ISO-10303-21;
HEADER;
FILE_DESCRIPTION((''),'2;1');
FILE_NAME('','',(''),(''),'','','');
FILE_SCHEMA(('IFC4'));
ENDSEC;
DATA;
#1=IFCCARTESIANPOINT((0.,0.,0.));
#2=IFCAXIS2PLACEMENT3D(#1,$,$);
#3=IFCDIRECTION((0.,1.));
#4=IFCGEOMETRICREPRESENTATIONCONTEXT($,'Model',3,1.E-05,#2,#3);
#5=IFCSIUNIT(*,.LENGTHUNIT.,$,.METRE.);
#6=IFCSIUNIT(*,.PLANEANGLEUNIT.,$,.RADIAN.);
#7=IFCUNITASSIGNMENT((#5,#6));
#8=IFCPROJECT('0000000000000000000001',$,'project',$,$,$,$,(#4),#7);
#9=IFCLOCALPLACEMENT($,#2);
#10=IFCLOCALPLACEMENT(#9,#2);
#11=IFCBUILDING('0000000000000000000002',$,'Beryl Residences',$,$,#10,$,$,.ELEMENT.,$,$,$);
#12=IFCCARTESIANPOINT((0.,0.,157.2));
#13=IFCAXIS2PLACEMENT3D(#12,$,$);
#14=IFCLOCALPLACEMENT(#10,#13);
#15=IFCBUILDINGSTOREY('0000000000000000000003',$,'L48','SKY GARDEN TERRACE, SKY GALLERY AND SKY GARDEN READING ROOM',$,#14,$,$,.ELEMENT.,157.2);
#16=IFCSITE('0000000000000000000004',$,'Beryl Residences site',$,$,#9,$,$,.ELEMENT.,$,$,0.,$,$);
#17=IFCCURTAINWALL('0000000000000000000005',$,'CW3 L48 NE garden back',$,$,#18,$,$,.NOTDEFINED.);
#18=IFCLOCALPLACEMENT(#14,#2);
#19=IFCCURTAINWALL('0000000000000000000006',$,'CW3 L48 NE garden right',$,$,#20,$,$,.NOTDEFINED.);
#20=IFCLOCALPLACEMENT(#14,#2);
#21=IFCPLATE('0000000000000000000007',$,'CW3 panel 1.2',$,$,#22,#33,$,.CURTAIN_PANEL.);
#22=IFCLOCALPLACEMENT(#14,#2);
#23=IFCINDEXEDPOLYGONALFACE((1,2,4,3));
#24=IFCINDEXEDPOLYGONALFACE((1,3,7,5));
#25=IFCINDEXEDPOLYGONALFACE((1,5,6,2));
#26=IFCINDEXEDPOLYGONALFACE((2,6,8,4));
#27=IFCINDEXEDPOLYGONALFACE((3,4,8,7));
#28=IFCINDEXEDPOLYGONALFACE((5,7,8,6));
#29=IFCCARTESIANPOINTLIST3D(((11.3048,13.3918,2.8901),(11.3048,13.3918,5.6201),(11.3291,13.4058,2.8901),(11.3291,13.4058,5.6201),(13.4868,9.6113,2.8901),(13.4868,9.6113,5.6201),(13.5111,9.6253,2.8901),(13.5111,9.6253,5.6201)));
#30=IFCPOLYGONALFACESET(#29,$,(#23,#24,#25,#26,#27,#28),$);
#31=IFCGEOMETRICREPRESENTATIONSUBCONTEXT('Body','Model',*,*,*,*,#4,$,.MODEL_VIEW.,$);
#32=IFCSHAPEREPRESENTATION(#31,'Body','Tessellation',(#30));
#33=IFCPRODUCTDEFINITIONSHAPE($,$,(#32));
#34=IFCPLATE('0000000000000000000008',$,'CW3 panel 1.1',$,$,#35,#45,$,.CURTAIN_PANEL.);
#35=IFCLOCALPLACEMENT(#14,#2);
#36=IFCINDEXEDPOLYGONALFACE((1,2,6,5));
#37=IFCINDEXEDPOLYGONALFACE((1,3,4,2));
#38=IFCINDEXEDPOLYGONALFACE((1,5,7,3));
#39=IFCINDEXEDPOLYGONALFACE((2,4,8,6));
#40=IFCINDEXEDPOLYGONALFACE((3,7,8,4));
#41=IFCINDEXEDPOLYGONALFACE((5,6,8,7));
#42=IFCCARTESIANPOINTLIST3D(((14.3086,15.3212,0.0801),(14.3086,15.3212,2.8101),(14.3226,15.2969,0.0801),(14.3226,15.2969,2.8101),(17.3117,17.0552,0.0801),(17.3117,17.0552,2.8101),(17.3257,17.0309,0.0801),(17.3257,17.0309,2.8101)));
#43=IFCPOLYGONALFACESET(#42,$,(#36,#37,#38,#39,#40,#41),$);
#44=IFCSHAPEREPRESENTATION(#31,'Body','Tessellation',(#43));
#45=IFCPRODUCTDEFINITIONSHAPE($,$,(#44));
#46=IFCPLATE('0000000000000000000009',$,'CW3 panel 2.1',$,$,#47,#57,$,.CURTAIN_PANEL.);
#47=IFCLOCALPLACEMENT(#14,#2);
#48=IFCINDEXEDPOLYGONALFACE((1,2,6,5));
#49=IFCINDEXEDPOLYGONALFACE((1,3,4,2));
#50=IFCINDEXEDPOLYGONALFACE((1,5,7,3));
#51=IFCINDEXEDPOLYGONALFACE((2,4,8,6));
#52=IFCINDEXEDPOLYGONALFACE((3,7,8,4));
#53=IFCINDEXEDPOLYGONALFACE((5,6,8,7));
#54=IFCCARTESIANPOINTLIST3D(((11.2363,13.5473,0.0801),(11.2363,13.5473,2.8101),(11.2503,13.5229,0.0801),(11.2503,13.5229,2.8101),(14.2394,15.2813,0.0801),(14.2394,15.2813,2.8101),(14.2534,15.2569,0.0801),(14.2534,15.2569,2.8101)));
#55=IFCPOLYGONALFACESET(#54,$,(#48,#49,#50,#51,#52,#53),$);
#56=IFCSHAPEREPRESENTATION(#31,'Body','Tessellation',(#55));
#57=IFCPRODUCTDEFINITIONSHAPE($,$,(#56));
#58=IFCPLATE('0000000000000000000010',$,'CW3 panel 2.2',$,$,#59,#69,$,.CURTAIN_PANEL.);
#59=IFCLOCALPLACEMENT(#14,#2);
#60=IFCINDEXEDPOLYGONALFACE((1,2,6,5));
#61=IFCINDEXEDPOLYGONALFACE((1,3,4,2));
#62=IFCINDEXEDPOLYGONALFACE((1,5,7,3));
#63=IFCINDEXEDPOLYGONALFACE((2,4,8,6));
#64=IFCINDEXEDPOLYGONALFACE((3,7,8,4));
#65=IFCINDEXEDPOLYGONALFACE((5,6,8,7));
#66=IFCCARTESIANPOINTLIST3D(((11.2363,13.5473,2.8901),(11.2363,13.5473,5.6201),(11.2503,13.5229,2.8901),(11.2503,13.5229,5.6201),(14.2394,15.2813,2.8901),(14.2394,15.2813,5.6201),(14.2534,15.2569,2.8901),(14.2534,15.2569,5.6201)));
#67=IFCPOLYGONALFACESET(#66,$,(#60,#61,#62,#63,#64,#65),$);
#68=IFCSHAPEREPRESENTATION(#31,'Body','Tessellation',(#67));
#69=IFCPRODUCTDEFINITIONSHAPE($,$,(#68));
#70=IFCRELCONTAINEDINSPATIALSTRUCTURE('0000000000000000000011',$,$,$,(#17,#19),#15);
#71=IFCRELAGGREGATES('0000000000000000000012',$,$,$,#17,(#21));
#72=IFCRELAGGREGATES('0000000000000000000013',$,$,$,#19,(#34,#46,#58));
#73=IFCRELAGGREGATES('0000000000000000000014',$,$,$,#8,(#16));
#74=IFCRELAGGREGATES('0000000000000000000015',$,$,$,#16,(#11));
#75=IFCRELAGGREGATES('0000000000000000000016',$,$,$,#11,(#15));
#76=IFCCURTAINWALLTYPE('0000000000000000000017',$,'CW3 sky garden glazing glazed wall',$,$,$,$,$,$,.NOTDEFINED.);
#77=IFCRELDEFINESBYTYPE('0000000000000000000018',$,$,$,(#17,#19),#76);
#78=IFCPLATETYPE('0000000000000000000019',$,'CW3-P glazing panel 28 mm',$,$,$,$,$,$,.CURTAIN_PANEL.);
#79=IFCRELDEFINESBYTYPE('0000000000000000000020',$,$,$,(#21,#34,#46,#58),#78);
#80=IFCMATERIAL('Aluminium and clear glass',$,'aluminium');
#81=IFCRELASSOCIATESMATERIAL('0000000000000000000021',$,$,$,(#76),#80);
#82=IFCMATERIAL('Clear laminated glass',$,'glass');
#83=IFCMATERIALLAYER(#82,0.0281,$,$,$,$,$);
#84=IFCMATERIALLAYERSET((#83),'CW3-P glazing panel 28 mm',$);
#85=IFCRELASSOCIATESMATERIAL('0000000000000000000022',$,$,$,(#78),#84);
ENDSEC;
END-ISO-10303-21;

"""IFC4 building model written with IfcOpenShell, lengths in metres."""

from ifc_helpers import new_model, si_unit, direction, frame, origin, origin_2d, place, context, subcontext, project, spatial, rectangle, extrude, material, layer, layer_set, type_object, element, aggregate, save


model = new_model("IFC4")

# Units and contexts
model_context = context("Model", 3, precision=1e-05, world=origin(), true_north=direction((0.0, 1.0)))
body_context = subcontext(model_context, "Body", "Model", "MODEL_VIEW")
ifc_project = project(units=[si_unit("LENGTHUNIT", "METRE"), si_unit("PLANEANGLEUNIT", "RADIAN")], contexts=[model_context])

# Site, building, storey
site_placement = place(None, origin())
site = spatial("IfcSite", under=ifc_project, at=site_placement, Name="Beryl Residences site", CompositionType="ELEMENT", RefElevation=0.0)
building_placement = place(site_placement, origin())
building = spatial("IfcBuilding", under=site, at=building_placement, Name="Beryl Residences", CompositionType="ELEMENT")
storey_placement = place(building_placement, frame((0.0, 0.0, 157.2)))
storey = spatial("IfcBuildingStorey", under=building, at=storey_placement, Name="L48", Description="SKY GARDEN TERRACE, SKY GALLERY AND SKY GARDEN READING ROOM", CompositionType="ELEMENT", Elevation=157.2)

# Curtain walls
ifc_material_1 = material(Name="Aluminium and clear glass", Category="aluminium")
curtain_wall_type = type_object("IfcCurtainWallType", Name="CW3 sky garden glazing glazed wall", PredefinedType="NOTDEFINED", material=ifc_material_1)
curtain_wall_1_placement = place(storey_placement, origin())
curtain_wall_1 = element("IfcCurtainWall", 1, at=curtain_wall_1_placement, inside=storey, type_object=curtain_wall_type, Name="CW3 L48 NE garden back", PredefinedType="NOTDEFINED")
curtain_wall_2_placement = place(storey_placement, origin())
curtain_wall_2 = element("IfcCurtainWall", 2, at=curtain_wall_2_placement, inside=storey, type_object=curtain_wall_type, Name="CW3 L48 NE garden right", PredefinedType="NOTDEFINED")

# Plates
ifc_material_2 = material(Name="Clear laminated glass", Category="glass")
ifc_layer_1 = layer(ifc_material_2, 0.0281)
ifc_layer_set_1 = layer_set([ifc_layer_1], Name="CW3-P glazing panel 28 mm")
plate_type = type_object("IfcPlateType", Name="CW3-P glazing panel 28 mm", PredefinedType="CURTAIN_PANEL", material=ifc_layer_set_1)
plate_1_placement = place(storey_placement, frame((12.408, 11.5085, 2.8901), z_axis=(0.0, 0.0, 1.0), x_axis=(-0.499895, 0.866086, 0.0)))
plate_1 = element("IfcPlate", 3, at=plate_1_placement, type_object=plate_type, Name="CW3 panel 1.2", PredefinedType="CURTAIN_PANEL", context=body_context, shape_type="SweptSolid", body=[
    extrude(rectangle(XDim=4.365, YDim=0.0281, at=origin_2d()), origin(), (0.0, 0.0, 1.0), 2.73),
])
aggregate(curtain_wall_1, [plate_1])
plate_2_placement = place(storey_placement, frame((15.8171, 16.176, 0.0801), z_axis=(0.0, 0.0, 1.0), x_axis=(-0.866005, -0.500036, 0.0)))
plate_2 = element("IfcPlate", 4, at=plate_2_placement, type_object=plate_type, Name="CW3 panel 1.1", PredefinedType="CURTAIN_PANEL", context=body_context, shape_type="SweptSolid", body=[
    extrude(rectangle(XDim=3.4678, YDim=0.0281, at=origin_2d()), origin(), (0.0, 0.0, 1.0), 2.73),
])
plate_3_placement = place(storey_placement, frame((12.7449, 14.4021, 0.0801), z_axis=(0.0, 0.0, 1.0), x_axis=(-0.866005, -0.500036, 0.0)))
plate_3 = element("IfcPlate", 5, at=plate_3_placement, type_object=plate_type, Name="CW3 panel 2.1", PredefinedType="CURTAIN_PANEL", context=body_context, shape_type="SweptSolid", body=[
    extrude(rectangle(XDim=3.4678, YDim=0.0281, at=origin_2d()), origin(), (0.0, 0.0, 1.0), 2.73),
])
plate_4_placement = place(storey_placement, frame((12.7449, 14.4021, 2.8901), z_axis=(0.0, 0.0, 1.0), x_axis=(-0.866005, -0.500036, 0.0)))
plate_4 = element("IfcPlate", 6, at=plate_4_placement, type_object=plate_type, Name="CW3 panel 2.2", PredefinedType="CURTAIN_PANEL", context=body_context, shape_type="SweptSolid", body=[
    extrude(rectangle(XDim=3.4678, YDim=0.0281, at=origin_2d()), origin(), (0.0, 0.0, 1.0), 2.73),
])
aggregate(curtain_wall_2, [plate_2, plate_3, plate_4])

save(model, "model.ifc")
